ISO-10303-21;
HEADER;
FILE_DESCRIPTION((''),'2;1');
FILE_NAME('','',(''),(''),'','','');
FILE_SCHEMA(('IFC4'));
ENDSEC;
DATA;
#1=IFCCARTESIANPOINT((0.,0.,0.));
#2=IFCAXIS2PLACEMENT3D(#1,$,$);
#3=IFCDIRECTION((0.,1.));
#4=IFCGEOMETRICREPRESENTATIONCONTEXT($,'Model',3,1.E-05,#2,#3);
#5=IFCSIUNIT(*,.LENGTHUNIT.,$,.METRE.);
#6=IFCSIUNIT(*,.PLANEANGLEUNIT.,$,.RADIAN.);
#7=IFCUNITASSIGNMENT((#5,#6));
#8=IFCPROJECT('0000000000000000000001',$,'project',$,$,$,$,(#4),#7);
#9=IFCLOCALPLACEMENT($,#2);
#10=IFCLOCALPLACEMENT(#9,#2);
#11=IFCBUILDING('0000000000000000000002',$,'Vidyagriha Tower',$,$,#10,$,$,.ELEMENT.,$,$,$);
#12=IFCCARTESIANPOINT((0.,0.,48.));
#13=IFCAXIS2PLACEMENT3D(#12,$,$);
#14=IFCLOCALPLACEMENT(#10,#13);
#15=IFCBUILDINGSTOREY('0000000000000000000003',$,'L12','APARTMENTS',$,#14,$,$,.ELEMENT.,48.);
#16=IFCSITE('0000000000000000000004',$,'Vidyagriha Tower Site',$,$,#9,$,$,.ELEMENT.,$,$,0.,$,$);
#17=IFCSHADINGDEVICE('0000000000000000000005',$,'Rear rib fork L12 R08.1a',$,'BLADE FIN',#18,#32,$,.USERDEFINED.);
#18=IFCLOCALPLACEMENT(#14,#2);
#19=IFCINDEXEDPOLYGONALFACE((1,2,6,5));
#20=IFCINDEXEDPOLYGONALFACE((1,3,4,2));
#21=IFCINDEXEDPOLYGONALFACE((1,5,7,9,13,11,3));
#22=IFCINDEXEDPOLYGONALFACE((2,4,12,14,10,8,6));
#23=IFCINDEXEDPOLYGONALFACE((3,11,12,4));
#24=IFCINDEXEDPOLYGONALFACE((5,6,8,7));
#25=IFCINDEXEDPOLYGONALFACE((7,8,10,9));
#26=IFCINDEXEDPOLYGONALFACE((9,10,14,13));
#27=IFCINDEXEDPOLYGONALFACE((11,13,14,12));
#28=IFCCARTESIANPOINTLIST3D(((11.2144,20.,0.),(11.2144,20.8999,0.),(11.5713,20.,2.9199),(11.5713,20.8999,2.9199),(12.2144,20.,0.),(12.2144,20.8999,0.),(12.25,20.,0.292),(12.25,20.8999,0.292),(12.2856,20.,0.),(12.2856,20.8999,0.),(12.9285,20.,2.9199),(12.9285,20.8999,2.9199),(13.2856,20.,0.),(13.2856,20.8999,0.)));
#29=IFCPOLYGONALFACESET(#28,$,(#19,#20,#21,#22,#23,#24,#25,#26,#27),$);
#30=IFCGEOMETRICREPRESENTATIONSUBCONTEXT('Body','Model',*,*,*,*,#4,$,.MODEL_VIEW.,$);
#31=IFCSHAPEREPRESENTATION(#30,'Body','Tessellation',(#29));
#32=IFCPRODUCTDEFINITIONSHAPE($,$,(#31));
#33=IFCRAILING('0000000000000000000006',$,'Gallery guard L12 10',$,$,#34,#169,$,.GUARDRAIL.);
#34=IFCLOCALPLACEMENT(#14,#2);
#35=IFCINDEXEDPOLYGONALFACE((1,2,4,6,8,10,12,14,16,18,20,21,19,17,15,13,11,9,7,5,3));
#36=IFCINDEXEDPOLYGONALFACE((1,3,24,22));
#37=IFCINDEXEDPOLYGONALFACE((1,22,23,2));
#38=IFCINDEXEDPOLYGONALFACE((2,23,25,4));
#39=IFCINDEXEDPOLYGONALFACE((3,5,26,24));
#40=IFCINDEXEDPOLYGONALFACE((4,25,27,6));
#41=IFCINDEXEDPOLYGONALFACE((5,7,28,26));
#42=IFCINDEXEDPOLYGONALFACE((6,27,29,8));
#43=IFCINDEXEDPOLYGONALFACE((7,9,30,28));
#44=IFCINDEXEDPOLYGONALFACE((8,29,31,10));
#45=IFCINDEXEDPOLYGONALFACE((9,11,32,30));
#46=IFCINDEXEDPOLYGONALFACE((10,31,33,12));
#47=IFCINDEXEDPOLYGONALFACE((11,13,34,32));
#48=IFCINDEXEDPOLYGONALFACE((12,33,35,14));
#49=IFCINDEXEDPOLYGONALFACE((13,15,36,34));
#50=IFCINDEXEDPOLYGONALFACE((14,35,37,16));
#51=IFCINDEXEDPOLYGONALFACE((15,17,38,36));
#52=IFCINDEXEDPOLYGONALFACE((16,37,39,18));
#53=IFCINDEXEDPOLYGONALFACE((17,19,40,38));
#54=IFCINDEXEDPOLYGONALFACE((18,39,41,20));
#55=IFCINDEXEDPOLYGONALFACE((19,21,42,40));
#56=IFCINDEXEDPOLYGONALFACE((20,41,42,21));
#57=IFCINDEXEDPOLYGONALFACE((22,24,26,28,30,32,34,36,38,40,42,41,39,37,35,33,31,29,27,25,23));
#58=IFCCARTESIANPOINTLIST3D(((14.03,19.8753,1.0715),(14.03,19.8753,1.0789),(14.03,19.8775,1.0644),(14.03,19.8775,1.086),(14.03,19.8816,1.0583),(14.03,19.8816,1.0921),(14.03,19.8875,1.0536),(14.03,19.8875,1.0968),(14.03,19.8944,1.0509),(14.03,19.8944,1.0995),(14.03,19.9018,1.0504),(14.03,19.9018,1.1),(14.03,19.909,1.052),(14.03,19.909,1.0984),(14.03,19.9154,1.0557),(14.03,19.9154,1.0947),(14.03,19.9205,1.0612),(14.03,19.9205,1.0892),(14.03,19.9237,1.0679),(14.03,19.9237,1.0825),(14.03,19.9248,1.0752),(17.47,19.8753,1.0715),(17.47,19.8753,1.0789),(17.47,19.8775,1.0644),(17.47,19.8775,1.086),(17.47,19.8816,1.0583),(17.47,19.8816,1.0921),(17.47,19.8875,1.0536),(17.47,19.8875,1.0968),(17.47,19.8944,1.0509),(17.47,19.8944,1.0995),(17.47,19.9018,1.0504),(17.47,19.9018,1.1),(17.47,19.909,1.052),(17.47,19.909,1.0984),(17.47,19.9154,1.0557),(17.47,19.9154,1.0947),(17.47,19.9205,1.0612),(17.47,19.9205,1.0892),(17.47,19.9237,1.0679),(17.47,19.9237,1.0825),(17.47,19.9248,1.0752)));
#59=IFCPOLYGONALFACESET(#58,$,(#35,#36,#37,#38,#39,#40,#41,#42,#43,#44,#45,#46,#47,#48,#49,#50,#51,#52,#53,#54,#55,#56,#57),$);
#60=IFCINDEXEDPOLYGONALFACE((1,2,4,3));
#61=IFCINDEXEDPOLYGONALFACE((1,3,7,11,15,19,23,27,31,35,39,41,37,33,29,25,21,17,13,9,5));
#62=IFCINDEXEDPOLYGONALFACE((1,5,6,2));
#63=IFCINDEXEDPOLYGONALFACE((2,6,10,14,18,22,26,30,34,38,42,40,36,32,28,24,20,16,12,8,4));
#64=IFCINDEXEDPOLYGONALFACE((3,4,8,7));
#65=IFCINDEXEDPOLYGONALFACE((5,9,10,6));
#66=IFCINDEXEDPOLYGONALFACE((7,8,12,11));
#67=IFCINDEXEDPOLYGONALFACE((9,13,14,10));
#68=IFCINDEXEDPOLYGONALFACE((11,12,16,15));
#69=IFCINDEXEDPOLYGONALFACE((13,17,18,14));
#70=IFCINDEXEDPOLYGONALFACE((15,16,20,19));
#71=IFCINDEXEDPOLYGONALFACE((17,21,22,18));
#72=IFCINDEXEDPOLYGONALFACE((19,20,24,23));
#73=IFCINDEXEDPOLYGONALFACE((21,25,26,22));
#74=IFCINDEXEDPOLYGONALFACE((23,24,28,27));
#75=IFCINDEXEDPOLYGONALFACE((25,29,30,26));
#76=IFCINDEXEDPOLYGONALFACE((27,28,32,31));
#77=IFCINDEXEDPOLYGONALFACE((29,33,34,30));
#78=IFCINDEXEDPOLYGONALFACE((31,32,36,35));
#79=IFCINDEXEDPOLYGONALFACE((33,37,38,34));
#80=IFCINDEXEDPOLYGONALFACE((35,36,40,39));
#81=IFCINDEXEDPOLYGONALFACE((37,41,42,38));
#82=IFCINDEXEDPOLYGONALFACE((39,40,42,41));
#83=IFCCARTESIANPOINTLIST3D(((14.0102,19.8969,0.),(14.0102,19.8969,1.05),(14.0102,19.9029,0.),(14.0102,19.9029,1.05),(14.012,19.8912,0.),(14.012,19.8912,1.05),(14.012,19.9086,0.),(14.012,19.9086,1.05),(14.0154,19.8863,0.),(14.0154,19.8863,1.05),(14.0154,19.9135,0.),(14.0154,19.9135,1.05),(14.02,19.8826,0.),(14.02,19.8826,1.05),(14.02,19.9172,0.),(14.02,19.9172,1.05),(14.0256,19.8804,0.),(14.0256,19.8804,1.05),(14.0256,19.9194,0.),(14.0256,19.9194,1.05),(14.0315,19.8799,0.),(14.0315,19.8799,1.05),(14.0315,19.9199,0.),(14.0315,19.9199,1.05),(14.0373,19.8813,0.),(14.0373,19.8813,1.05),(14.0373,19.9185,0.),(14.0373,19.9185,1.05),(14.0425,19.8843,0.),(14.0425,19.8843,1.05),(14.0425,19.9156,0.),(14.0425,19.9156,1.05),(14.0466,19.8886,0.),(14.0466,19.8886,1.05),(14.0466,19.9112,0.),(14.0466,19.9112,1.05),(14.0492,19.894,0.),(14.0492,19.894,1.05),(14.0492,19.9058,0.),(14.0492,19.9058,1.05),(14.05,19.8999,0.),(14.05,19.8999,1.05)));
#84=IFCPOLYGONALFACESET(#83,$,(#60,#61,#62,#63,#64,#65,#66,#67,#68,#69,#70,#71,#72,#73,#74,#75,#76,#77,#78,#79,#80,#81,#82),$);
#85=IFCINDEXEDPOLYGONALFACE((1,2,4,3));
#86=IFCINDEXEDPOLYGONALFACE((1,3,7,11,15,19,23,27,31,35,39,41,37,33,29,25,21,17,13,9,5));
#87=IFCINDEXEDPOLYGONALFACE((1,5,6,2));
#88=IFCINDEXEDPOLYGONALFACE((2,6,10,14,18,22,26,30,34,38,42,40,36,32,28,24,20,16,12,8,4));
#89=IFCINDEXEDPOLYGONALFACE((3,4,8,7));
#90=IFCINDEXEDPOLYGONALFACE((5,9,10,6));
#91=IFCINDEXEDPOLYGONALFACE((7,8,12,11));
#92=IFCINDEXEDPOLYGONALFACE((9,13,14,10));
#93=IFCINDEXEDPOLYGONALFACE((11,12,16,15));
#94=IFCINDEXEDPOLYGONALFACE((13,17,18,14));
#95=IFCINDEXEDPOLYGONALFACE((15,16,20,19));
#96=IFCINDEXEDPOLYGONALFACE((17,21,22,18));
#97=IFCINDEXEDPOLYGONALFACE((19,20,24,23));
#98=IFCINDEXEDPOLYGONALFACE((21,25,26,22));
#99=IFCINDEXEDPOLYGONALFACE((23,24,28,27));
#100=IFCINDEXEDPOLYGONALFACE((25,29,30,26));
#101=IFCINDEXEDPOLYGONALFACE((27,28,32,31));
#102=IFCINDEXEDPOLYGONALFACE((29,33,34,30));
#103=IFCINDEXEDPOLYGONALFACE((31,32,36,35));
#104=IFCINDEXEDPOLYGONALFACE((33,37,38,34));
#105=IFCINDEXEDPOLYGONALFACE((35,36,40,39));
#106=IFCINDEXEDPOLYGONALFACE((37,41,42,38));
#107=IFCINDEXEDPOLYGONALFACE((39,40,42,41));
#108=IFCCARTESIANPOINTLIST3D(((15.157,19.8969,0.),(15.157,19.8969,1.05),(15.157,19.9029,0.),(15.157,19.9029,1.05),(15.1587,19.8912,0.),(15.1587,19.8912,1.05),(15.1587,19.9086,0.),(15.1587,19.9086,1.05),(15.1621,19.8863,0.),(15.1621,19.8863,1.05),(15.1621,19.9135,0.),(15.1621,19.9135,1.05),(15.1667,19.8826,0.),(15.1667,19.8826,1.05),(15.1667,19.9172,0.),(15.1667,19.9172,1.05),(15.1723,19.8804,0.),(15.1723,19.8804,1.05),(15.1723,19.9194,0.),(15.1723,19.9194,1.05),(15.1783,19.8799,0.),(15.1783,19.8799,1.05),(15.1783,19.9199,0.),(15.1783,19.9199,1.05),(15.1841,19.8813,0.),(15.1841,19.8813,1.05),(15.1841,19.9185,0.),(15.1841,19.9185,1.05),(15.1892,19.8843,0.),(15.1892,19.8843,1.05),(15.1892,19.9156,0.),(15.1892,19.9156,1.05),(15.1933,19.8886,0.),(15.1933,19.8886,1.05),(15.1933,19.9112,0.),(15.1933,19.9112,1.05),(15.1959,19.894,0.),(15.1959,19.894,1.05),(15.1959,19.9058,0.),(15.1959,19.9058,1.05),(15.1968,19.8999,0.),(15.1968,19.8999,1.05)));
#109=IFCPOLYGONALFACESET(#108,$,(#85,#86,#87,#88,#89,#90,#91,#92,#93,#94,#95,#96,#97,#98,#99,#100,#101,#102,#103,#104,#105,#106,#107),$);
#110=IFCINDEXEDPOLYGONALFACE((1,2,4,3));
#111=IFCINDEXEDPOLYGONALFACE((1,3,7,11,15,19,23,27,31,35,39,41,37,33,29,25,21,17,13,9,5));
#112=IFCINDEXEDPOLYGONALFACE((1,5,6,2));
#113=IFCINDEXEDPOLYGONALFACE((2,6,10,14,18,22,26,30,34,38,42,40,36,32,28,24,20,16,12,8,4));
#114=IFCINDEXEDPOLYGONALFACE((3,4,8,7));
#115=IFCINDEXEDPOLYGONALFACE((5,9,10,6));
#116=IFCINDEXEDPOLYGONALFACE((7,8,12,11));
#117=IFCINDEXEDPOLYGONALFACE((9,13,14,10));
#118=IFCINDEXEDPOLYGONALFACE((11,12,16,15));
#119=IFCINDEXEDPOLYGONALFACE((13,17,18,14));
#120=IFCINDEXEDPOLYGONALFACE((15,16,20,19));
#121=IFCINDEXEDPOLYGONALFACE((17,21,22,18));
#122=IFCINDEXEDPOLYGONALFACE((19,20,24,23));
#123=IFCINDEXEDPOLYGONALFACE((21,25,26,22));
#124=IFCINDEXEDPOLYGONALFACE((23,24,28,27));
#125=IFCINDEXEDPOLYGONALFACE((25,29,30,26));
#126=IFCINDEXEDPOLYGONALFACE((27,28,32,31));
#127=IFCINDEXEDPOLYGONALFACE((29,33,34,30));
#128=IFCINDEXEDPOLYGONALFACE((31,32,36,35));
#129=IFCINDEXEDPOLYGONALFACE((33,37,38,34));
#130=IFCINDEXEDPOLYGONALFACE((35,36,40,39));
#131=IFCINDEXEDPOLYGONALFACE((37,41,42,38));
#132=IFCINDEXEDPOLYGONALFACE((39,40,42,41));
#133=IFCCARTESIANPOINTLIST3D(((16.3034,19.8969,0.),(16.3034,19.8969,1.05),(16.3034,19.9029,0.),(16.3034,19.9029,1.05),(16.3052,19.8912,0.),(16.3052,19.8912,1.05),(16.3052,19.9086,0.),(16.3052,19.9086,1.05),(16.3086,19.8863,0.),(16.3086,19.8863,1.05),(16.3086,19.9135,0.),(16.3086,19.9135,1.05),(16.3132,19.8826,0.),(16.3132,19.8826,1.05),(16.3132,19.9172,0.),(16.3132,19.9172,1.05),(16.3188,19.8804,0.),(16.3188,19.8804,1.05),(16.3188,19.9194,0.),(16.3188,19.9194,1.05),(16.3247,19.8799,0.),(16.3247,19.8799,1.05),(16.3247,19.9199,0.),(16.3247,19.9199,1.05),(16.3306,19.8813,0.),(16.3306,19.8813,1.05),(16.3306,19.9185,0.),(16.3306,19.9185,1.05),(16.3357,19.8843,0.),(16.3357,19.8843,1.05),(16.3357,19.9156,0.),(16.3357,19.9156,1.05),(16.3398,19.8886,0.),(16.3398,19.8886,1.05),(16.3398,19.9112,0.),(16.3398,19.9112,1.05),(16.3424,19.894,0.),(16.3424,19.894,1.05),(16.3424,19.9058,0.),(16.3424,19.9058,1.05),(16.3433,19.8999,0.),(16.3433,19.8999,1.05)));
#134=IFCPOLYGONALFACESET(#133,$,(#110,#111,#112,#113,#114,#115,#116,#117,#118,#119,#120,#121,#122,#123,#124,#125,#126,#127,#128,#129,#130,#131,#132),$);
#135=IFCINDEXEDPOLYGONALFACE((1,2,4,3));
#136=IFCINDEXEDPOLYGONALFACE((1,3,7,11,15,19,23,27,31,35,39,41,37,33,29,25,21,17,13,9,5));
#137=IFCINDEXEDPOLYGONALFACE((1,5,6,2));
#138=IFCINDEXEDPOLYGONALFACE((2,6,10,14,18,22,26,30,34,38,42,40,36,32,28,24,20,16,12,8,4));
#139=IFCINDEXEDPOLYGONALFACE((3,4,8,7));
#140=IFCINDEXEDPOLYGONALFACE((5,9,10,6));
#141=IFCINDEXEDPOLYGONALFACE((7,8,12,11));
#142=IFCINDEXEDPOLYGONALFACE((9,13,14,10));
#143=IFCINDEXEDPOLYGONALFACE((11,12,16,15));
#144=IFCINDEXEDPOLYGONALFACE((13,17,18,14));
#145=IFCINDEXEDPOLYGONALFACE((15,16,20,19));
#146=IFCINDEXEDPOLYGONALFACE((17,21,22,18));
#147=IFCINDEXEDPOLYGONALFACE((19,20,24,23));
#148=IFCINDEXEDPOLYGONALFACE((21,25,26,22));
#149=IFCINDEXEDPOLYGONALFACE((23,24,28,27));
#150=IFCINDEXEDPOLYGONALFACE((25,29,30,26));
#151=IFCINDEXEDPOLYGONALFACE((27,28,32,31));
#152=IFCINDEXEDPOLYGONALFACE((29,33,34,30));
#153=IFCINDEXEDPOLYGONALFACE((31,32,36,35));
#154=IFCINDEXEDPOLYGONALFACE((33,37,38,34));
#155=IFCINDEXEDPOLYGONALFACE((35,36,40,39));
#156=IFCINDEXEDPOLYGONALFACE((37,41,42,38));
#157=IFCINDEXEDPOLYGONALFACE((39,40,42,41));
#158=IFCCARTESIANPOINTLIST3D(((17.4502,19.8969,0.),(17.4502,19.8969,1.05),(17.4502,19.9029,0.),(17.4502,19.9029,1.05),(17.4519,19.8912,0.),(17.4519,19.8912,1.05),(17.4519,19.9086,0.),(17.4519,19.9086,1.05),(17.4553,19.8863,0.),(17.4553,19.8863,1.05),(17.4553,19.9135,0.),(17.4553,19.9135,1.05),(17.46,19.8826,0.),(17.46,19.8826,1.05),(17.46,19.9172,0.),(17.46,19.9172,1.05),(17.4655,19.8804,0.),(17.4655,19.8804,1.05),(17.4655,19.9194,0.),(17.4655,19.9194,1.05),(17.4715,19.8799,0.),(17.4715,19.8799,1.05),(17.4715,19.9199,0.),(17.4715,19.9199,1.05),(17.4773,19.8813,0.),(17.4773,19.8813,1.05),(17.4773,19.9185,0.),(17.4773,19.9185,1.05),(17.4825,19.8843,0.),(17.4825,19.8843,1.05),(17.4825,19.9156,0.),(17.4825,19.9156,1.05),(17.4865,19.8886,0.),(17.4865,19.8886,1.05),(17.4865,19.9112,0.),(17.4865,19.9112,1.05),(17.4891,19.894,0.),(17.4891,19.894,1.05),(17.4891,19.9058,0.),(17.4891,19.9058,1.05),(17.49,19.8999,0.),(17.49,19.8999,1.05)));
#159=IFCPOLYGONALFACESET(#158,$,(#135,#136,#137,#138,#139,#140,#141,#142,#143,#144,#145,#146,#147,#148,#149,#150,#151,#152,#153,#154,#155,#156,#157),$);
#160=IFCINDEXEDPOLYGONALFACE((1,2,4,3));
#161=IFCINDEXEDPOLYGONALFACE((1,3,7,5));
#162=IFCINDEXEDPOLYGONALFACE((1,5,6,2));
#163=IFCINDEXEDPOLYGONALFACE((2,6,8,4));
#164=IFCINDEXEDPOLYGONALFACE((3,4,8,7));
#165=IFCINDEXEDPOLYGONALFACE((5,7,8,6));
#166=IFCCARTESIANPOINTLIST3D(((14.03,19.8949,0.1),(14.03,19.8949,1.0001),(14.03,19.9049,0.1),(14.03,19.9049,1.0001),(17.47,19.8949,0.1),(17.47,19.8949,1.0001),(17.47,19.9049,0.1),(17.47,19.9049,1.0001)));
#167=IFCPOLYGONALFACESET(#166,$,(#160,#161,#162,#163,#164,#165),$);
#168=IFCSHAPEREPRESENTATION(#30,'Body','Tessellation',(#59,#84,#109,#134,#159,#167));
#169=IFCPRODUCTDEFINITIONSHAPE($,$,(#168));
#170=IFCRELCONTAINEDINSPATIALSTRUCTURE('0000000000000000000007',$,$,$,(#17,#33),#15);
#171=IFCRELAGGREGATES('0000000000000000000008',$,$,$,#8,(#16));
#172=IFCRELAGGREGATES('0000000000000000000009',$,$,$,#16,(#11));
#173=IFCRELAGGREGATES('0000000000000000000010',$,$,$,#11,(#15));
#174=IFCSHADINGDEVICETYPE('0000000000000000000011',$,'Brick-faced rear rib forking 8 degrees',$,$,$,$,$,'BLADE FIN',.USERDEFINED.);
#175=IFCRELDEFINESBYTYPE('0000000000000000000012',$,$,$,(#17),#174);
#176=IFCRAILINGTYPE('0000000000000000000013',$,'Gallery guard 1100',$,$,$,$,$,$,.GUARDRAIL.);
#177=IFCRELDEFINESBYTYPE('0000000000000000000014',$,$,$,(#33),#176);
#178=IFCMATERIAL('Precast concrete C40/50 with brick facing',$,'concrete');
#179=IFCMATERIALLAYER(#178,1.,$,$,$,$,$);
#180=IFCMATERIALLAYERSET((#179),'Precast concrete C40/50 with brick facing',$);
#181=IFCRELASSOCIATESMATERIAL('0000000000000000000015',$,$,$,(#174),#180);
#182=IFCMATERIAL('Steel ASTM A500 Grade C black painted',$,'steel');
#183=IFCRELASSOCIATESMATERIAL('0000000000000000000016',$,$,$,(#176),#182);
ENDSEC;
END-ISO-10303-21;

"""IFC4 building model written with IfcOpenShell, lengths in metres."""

from ifc_helpers import new_model, si_unit, direction, frame, origin, origin_2d, place, context, subcontext, project, spatial, polyline, rectangle, circle, outline, extrude, material, layer, layer_set, type_object, element, save


model = new_model("IFC4")

# Units and contexts
model_context = context("Model", 3, precision=1e-05, world=origin(), true_north=direction((0.0, 1.0)))
body_context = subcontext(model_context, "Body", "Model", "MODEL_VIEW")
ifc_project = project(units=[si_unit("LENGTHUNIT", "METRE"), si_unit("PLANEANGLEUNIT", "RADIAN")], contexts=[model_context])

# Site, building, storey
site_placement = place(None, origin())
site = spatial("IfcSite", under=ifc_project, at=site_placement, Name="Vidyagriha Tower Site", CompositionType="ELEMENT", RefElevation=0.0)
building_placement = place(site_placement, origin())
building = spatial("IfcBuilding", under=site, at=building_placement, Name="Vidyagriha Tower", CompositionType="ELEMENT")
storey_placement = place(building_placement, frame((0.0, 0.0, 48.0)))
storey = spatial("IfcBuildingStorey", under=building, at=storey_placement, Name="L12", Description="APARTMENTS", CompositionType="ELEMENT", Elevation=48.0)

# Shading device
ifc_material_1 = material(Name="Precast concrete C40/50 with brick facing", Category="concrete")
ifc_layer_1 = layer(ifc_material_1, 1.0)
ifc_layer_set_1 = layer_set([ifc_layer_1], Name="Precast concrete C40/50 with brick facing")
shading_device_type_1 = type_object("IfcShadingDeviceType", Name="Brick-faced rear rib forking 8 degrees", ElementType="BLADE FIN", PredefinedType="USERDEFINED", material=ifc_layer_set_1)
shading_device_1_placement = place(storey_placement, frame((13.2856, 20.45, 0.0), z_axis=(0.0, 0.0, 1.0), x_axis=(-1.0, 0.0, 0.0)))
element("IfcShadingDevice", 1, at=shading_device_1_placement, inside=storey, type_object=shading_device_type_1, Name="Rear rib fork L12 R08.1a", ObjectType="BLADE FIN", PredefinedType="USERDEFINED", context=body_context, shape_type="SweptSolid", body=[
    extrude(outline(polyline([(1.0, 0.0), (1.0356, 0.292), (1.0713, 0.0), (2.0713, 0.0), (1.7144, 2.9199), (0.3572, 2.9199), (0.0, 0.0), (1.0, 0.0)])), frame((0.0, 0.45, 0.0), z_axis=(0.0, -1.0, 0.0), x_axis=(1.0, 0.0, 0.0)), (0.0, 0.0, 1.0), 0.8999),
])

# Railing
ifc_material_2 = material(Name="Steel ASTM A500 Grade C black painted", Category="steel")
railing_type = type_object("IfcRailingType", Name="Gallery guard 1100", PredefinedType="GUARDRAIL", material=ifc_material_2)
railing_1_placement = place(storey_placement, frame((14.03, 19.8999, 0.0)))
element("IfcRailing", 2, at=railing_1_placement, inside=storey, type_object=railing_type, Name="Gallery guard L12 10", PredefinedType="GUARDRAIL", context=body_context, shape_type="SweptSolid", body=[
    extrude(circle(Radius=0.0249, at=origin_2d()), frame((0.0, 0.0, 1.0752), z_axis=(1.0, 0.0, 0.0), x_axis=(0.0, 1.0, 0.0)), (0.0, 0.0, 1.0), 3.4399),
    extrude(circle(Radius=0.02, at=origin_2d()), origin(), (0.0, 0.0, 1.0), 1.05),
    extrude(circle(Radius=0.02, at=origin_2d()), frame((1.1467, 0.0, 0.0)), (0.0, 0.0, 1.0), 1.05),
    extrude(circle(Radius=0.02, at=origin_2d()), frame((2.2932, 0.0, 0.0)), (0.0, 0.0, 1.0), 1.05),
    extrude(circle(Radius=0.02, at=origin_2d()), frame((3.4399, 0.0, 0.0)), (0.0, 0.0, 1.0), 1.05),
    extrude(rectangle(XDim=0.01, YDim=0.9001, at=origin_2d()), frame((0.0, 0.0, 0.55), z_axis=(1.0, 0.0, 0.0), x_axis=(0.0, 1.0, 0.0)), (0.0, 0.0, 1.0), 3.4399),
])

save(model, "model.ifc")
